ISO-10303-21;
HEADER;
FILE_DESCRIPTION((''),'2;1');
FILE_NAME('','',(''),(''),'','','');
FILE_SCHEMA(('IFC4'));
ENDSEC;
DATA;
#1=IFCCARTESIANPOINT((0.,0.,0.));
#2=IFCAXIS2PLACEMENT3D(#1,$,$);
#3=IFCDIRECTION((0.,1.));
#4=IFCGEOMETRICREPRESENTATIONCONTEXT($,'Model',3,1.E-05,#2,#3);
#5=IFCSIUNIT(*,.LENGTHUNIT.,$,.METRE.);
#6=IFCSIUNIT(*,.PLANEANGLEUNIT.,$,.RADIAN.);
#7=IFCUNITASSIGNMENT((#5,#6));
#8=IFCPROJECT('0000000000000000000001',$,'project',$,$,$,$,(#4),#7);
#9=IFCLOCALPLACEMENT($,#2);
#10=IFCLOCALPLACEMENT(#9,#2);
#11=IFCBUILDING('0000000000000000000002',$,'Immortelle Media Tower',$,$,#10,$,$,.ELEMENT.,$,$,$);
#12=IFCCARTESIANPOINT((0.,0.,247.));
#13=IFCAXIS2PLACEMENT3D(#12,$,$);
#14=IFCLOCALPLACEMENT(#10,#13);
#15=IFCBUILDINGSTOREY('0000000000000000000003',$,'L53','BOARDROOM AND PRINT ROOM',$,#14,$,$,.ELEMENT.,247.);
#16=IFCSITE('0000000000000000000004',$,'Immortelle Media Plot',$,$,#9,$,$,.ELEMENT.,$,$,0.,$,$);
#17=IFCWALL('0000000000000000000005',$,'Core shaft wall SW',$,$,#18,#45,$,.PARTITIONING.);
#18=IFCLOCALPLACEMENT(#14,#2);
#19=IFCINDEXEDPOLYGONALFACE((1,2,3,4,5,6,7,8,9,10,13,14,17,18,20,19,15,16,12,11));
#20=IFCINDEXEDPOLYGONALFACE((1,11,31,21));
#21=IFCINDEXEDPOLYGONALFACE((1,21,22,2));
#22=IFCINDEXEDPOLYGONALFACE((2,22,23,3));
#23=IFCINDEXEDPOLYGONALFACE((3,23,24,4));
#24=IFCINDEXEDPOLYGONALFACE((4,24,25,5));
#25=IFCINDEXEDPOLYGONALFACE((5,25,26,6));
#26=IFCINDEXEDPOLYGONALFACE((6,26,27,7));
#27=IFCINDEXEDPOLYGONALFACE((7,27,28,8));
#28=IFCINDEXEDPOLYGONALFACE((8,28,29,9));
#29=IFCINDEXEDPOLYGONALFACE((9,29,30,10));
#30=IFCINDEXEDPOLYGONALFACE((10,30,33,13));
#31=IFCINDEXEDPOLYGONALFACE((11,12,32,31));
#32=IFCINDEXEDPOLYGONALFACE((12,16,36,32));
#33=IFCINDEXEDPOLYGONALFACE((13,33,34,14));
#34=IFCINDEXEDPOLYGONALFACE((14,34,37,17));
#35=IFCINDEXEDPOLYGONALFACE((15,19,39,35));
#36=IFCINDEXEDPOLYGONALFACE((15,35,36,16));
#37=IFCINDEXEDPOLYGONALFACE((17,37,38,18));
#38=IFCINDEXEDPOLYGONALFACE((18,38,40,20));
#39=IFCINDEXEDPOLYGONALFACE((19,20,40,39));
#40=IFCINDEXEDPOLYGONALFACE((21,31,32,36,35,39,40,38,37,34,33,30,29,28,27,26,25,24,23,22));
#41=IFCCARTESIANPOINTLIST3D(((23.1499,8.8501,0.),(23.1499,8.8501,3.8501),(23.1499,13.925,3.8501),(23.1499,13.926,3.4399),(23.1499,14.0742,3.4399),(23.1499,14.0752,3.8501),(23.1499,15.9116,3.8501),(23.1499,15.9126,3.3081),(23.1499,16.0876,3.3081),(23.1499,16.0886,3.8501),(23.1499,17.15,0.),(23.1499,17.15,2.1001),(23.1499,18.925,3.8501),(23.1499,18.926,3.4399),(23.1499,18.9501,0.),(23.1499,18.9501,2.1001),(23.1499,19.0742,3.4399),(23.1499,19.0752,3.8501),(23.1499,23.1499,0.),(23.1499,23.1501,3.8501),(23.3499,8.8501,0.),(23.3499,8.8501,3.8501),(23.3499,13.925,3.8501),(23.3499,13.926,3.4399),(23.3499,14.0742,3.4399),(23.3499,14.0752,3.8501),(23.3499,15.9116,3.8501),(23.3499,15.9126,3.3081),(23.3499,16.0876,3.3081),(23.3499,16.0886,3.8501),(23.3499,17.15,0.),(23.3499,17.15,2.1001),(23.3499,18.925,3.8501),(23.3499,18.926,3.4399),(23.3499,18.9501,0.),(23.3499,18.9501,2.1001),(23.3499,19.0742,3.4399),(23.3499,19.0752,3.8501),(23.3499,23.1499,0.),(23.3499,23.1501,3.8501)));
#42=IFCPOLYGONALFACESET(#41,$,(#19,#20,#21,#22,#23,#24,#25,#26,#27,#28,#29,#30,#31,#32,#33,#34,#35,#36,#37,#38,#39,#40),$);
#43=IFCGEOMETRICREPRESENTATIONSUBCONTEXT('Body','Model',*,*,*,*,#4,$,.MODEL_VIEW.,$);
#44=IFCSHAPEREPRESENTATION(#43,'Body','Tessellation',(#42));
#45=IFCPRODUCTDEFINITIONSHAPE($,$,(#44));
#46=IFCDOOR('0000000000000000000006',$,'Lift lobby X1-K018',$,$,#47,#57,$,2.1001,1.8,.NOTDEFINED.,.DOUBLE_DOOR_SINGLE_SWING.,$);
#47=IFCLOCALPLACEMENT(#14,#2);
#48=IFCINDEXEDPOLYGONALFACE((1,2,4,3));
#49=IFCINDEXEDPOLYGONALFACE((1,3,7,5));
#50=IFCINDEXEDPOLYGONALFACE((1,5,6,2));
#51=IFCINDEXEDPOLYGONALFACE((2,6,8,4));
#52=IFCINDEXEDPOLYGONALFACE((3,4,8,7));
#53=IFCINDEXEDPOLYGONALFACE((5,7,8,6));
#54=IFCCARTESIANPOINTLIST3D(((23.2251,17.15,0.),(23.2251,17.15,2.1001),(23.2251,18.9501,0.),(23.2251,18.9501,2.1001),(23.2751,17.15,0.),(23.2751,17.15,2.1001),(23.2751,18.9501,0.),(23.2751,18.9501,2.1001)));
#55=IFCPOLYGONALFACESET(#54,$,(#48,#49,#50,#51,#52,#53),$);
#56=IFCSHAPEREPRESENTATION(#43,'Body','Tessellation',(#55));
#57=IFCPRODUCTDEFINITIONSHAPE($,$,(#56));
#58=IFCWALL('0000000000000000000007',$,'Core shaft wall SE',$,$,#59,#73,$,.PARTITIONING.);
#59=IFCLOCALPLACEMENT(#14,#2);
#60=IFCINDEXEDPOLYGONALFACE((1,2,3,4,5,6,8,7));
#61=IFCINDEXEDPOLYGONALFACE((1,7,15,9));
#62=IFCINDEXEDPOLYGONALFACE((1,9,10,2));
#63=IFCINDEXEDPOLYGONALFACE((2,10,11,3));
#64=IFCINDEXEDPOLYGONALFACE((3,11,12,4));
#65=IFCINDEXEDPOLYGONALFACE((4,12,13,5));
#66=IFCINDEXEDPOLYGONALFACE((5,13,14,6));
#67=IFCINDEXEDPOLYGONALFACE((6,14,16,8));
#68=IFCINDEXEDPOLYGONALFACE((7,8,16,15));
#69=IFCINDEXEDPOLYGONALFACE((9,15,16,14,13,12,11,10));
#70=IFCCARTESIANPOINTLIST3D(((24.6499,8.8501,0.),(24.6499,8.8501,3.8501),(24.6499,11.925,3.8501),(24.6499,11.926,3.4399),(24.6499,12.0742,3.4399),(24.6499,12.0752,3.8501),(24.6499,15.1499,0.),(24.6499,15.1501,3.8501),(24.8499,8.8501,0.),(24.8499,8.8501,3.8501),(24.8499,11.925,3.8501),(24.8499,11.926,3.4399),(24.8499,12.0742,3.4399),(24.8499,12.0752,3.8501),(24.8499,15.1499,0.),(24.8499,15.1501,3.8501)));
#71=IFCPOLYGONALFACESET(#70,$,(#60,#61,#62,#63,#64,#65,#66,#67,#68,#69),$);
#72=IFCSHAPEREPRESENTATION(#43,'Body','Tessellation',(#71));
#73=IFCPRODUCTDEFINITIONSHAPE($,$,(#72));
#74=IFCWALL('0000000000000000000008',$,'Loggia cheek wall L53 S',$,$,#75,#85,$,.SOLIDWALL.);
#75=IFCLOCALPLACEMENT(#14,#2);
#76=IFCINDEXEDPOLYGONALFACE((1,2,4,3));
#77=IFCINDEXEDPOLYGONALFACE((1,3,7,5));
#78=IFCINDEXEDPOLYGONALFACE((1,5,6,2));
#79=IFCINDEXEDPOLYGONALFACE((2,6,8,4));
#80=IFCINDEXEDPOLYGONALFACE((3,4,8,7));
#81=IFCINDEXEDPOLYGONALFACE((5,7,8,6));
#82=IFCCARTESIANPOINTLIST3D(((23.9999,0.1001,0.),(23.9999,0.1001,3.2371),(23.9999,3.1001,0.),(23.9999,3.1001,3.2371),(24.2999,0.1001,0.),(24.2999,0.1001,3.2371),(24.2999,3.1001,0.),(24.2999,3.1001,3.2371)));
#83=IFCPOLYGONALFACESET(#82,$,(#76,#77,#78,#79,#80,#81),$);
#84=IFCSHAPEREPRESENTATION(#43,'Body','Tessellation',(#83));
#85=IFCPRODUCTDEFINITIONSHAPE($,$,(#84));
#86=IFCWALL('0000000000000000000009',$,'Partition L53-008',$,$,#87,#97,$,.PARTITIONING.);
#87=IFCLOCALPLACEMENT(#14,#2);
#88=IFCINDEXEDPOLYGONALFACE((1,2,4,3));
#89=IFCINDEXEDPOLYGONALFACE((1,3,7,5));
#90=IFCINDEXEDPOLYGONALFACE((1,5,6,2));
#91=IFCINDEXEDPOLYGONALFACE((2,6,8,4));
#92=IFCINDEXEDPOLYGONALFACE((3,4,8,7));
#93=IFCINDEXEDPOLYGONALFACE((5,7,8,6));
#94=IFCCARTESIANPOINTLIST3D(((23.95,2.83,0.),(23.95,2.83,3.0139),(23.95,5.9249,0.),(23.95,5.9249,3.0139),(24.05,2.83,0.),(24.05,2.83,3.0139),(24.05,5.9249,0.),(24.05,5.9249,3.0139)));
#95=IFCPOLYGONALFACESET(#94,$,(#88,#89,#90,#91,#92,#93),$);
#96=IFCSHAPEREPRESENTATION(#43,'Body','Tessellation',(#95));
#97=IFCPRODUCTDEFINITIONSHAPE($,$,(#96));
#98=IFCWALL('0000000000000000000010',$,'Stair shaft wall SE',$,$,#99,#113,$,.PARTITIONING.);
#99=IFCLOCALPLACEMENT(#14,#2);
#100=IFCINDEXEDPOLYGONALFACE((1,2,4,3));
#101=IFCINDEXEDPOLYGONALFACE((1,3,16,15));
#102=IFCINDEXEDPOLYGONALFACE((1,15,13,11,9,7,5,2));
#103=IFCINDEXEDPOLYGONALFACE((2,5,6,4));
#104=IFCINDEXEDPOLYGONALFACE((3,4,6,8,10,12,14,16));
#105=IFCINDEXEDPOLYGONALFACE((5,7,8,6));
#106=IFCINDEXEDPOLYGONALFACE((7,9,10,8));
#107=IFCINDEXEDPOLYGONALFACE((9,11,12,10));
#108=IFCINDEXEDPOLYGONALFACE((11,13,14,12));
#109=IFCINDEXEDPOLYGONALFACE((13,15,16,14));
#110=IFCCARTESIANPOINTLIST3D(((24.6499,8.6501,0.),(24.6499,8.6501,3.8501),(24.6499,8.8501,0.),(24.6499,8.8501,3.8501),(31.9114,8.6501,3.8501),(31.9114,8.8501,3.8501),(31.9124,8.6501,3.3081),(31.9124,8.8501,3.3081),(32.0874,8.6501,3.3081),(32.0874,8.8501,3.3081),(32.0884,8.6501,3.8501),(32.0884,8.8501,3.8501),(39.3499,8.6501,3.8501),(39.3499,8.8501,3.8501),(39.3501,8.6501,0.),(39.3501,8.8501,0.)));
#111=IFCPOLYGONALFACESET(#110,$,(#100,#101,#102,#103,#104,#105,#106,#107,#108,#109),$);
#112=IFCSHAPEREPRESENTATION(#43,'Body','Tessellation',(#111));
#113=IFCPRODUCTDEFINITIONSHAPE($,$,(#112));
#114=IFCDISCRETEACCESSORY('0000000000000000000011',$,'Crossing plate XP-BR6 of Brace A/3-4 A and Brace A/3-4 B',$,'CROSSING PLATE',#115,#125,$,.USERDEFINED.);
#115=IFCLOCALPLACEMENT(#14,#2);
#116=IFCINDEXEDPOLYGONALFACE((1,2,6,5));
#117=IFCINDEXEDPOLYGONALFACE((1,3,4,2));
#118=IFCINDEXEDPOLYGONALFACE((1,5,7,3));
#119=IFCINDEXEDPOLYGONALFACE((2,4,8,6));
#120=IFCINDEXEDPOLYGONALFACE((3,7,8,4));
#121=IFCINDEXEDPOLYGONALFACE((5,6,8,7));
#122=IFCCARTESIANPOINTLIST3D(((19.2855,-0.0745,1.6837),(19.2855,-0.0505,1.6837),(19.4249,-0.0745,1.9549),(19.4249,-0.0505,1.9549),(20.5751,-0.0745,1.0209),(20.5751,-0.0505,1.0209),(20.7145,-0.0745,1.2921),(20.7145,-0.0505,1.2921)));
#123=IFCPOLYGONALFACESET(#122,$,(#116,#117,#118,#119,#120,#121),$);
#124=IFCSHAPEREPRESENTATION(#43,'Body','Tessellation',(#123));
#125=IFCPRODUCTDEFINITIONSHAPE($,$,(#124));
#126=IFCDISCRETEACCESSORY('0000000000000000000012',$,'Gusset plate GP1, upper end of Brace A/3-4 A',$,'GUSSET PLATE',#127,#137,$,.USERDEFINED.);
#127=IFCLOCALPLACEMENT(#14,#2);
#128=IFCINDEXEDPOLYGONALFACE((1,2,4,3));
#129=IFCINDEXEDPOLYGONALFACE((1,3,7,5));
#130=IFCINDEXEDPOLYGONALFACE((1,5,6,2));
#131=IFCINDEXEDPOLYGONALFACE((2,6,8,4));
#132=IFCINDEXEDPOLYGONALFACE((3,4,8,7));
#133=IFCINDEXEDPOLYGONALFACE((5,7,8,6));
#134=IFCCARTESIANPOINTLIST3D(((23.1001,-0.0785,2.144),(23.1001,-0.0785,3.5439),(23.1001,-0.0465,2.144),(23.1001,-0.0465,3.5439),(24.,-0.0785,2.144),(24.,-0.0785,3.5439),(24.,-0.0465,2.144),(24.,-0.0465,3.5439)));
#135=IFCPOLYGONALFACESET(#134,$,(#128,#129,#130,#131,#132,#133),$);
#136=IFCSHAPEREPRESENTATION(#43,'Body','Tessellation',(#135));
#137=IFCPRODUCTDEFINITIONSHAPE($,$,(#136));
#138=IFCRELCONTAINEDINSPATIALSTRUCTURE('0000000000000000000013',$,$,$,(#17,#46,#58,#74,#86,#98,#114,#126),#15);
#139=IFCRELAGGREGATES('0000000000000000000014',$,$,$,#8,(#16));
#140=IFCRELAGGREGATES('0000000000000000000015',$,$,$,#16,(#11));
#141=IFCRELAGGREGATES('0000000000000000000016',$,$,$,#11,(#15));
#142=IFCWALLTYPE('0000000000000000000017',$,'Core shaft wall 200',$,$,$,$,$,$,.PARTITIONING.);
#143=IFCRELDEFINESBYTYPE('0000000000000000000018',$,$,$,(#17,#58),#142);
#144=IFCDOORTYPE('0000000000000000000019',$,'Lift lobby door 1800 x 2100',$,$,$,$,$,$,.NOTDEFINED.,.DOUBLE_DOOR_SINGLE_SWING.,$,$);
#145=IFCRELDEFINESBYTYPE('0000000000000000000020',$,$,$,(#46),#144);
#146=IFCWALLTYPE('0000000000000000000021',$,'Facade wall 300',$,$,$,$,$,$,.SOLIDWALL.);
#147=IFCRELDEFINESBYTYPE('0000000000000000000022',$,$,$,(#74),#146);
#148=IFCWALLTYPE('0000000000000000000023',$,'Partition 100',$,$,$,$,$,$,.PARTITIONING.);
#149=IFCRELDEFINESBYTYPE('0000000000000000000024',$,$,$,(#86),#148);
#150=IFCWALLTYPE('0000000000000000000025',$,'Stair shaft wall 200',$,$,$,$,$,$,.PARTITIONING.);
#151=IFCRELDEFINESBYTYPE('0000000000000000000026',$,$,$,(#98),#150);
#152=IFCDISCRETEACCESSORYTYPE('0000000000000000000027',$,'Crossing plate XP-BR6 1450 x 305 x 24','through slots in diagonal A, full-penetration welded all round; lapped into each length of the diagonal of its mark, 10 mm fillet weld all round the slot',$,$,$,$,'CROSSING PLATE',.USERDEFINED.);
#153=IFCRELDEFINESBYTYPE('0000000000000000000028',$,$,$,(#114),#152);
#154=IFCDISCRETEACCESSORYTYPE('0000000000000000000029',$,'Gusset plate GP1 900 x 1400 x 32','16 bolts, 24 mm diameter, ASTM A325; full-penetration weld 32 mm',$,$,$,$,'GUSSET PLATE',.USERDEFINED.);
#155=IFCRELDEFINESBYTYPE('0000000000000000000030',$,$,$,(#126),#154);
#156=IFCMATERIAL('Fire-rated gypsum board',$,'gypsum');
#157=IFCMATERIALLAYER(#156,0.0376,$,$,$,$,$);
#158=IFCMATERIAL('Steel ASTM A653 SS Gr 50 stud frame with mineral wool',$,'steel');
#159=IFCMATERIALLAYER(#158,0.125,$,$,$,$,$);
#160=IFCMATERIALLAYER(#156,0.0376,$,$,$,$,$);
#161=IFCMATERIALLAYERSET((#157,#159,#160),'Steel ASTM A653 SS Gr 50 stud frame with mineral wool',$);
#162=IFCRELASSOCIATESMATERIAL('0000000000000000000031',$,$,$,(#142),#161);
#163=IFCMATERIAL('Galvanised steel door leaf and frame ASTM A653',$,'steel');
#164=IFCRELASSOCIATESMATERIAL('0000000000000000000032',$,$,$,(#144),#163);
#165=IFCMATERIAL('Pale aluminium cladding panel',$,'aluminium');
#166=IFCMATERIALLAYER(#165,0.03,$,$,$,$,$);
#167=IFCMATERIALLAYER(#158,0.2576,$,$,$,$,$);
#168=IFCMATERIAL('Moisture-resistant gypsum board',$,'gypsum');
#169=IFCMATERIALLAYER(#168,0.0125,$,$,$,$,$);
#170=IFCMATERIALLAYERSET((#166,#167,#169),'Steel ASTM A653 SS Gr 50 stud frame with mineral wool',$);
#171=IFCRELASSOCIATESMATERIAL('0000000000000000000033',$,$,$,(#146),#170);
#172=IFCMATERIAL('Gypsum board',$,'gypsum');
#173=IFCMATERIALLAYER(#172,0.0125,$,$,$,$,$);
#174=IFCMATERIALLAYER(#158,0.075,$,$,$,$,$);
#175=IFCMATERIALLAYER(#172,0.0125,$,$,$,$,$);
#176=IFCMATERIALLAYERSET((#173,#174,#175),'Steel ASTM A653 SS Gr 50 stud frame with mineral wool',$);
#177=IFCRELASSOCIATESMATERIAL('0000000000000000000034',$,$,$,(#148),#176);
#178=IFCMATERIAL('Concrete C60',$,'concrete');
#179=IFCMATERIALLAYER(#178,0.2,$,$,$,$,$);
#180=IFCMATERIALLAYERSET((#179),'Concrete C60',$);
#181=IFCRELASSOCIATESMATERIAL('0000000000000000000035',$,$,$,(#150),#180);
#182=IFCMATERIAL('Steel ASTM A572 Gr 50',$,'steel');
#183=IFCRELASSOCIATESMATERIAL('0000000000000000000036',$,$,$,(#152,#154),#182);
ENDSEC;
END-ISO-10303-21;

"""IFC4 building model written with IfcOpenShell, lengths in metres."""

from ifc_helpers import new_model, si_unit, direction, frame, frame_2d, origin, origin_2d, place, context, subcontext, project, spatial, polyline, rectangle, outline, extrude, material, layer, layer_set, material_profile, profile_set, type_object, element, fill, save


model = new_model("IFC4")

# Units and contexts
model_context = context("Model", 3, precision=1e-05, world=origin(), true_north=direction((0.0, 1.0)))
body_context = subcontext(model_context, "Body", "Model", "MODEL_VIEW")
ifc_project = project(units=[si_unit("LENGTHUNIT", "METRE"), si_unit("PLANEANGLEUNIT", "RADIAN")], contexts=[model_context])

# Site, building, storey
site_placement = place(None, origin())
site = spatial("IfcSite", under=ifc_project, at=site_placement, Name="Immortelle Media Plot", CompositionType="ELEMENT", RefElevation=0.0)
building_placement = place(site_placement, origin())
building = spatial("IfcBuilding", under=site, at=building_placement, Name="Immortelle Media Tower", CompositionType="ELEMENT")
storey_placement = place(building_placement, frame((0.0, 0.0, 247.0)))
storey = spatial("IfcBuildingStorey", under=building, at=storey_placement, Name="L53", Description="BOARDROOM AND PRINT ROOM", CompositionType="ELEMENT", Elevation=247.0)

# Shared definitions
ifc_material_1 = material(Name="Fire-rated gypsum board", Category="gypsum")
ifc_layer_1 = layer(ifc_material_1, 0.0376)
ifc_material_2 = material(Name="Steel ASTM A653 SS Gr 50 stud frame with mineral wool", Category="steel")
ifc_layer_2 = layer(ifc_material_2, 0.125)
ifc_layer_3 = layer(ifc_material_1, 0.0376)
ifc_layer_set_1 = layer_set([ifc_layer_1, ifc_layer_2, ifc_layer_3], Name="Steel ASTM A653 SS Gr 50 stud frame with mineral wool")
wall_type_1 = type_object("IfcWallType", Name="Core shaft wall 200", PredefinedType="PARTITIONING", material=ifc_layer_set_1)

# Wall, opening, door
wall_1_placement = place(storey_placement, frame((23.25, 8.8501, 0.0), z_axis=(0.0, 0.0, 1.0), x_axis=(0.0, 1.0, 0.0)))
wall_1 = element("IfcWall", 1, at=wall_1_placement, inside=storey, type_object=wall_type_1, Name="Core shaft wall SW", PredefinedType="PARTITIONING", context=body_context, shape_type="SweptSolid", body=[
    extrude(outline(polyline([(0.0, 0.0), (14.2998, 0.0), (14.3, 3.8501), (10.2251, 3.8501), (10.2241, 3.4399), (10.0759, 3.4399), (10.075, 3.8501), (7.2385, 3.8501), (7.2375, 3.3081), (7.0625, 3.3081), (7.0615, 3.8501), (5.2251, 3.8501), (5.2241, 3.4399), (5.0759, 3.4399), (5.075, 3.8501), (0.0, 3.8501), (0.0, 0.0)])), frame((0.0, 0.1001, 0.0), z_axis=(0.0, -1.0, 0.0), x_axis=(1.0, 0.0, 0.0)), (0.0, 0.0, 1.0), 0.2),
])
opening_1_placement = place(wall_1_placement, frame((8.3, 0.0, 0.0)))
opening_1 = element("IfcOpeningElement", 2, at=opening_1_placement, cuts=wall_1, PredefinedType="OPENING", context=body_context, shape_type="SweptSolid", body=[
    extrude(rectangle(XDim=1.8, YDim=2.1001, at=frame_2d((0.8999, 1.05))), frame((0.0, 0.1099, 0.0), z_axis=(0.0, -1.0, 0.0), x_axis=(1.0, 0.0, 0.0)), (0.0, 0.0, 1.0), 0.22),
])
ifc_material_3 = material(Name="Galvanised steel door leaf and frame ASTM A653", Category="steel")
door_type_1 = type_object("IfcDoorType", Name="Lift lobby door 1800 x 2100", OperationType="DOUBLE_DOOR_SINGLE_SWING", PredefinedType="NOTDEFINED", material=ifc_material_3)
door_1_placement = place(opening_1_placement, origin())
door_1 = element("IfcDoor", 3, at=door_1_placement, inside=storey, type_object=door_type_1, Name="Lift lobby X1-K018", OperationType="DOUBLE_DOOR_SINGLE_SWING", OverallHeight=2.1001, OverallWidth=1.8, PredefinedType="NOTDEFINED", context=body_context, shape_type="SweptSolid", body=[
    extrude(rectangle(XDim=1.8, YDim=2.1001, at=frame_2d((0.8999, 1.05))), frame((0.0, 0.0249, 0.0), z_axis=(0.0, -1.0, 0.0), x_axis=(1.0, 0.0, 0.0)), (0.0, 0.0, 1.0), 0.05),
])
fill(opening_1, door_1)

# Wall
wall_2_placement = place(storey_placement, frame((24.75, 8.8501, 0.0), z_axis=(0.0, 0.0, 1.0), x_axis=(0.0, 1.0, 0.0)))
element("IfcWall", 4, at=wall_2_placement, inside=storey, type_object=wall_type_1, Name="Core shaft wall SE", PredefinedType="PARTITIONING", context=body_context, shape_type="SweptSolid", body=[
    extrude(outline(polyline([(0.0, 0.0), (6.2998, 0.0), (6.3, 3.8501), (3.2251, 3.8501), (3.2241, 3.4399), (3.0759, 3.4399), (3.075, 3.8501), (0.0, 3.8501), (0.0, 0.0)])), frame((0.0, 0.1001, 0.0), z_axis=(0.0, -1.0, 0.0), x_axis=(1.0, 0.0, 0.0)), (0.0, 0.0, 1.0), 0.2),
])

# Shared definitions
ifc_material_4 = material(Name="Pale aluminium cladding panel", Category="aluminium")
ifc_layer_4 = layer(ifc_material_4, 0.03)
ifc_layer_5 = layer(ifc_material_2, 0.2576)
ifc_material_5 = material(Name="Moisture-resistant gypsum board", Category="gypsum")
ifc_layer_6 = layer(ifc_material_5, 0.0125)
ifc_layer_set_2 = layer_set([ifc_layer_4, ifc_layer_5, ifc_layer_6], Name="Steel ASTM A653 SS Gr 50 stud frame with mineral wool")
wall_type_2 = type_object("IfcWallType", Name="Facade wall 300", PredefinedType="SOLIDWALL", material=ifc_layer_set_2)

# Walls
wall_3_placement = place(storey_placement, frame((24.1499, 0.1001, 0.0), z_axis=(0.0, 0.0, 1.0), x_axis=(0.0, 1.0, 0.0)))
element("IfcWall", 5, at=wall_3_placement, inside=storey, type_object=wall_type_2, Name="Loggia cheek wall L53 S", PredefinedType="SOLIDWALL", context=body_context, shape_type="SweptSolid", body=[
    extrude(rectangle(XDim=3.0, YDim=0.3, at=frame_2d((1.5, 0.0))), origin(), (0.0, 0.0, 1.0), 3.2371),
])
ifc_material_6 = material(Name="Gypsum board", Category="gypsum")
ifc_layer_7 = layer(ifc_material_6, 0.0125)
ifc_layer_8 = layer(ifc_material_2, 0.075)
ifc_layer_9 = layer(ifc_material_6, 0.0125)
ifc_layer_set_3 = layer_set([ifc_layer_7, ifc_layer_8, ifc_layer_9], Name="Steel ASTM A653 SS Gr 50 stud frame with mineral wool")
wall_type_3 = type_object("IfcWallType", Name="Partition 100", PredefinedType="PARTITIONING", material=ifc_layer_set_3)
wall_4_placement = place(storey_placement, frame((24.0, 2.8301, 0.0), z_axis=(0.0, 0.0, 1.0), x_axis=(0.0, 1.0, 0.0)))
element("IfcWall", 6, at=wall_4_placement, inside=storey, type_object=wall_type_3, Name="Partition L53-008", PredefinedType="PARTITIONING", context=body_context, shape_type="SweptSolid", body=[
    extrude(rectangle(XDim=3.095, YDim=0.1001, at=frame_2d((1.5474, 0.0))), origin(), (0.0, 0.0, 1.0), 3.0139),
])
ifc_material_7 = material(Name="Concrete C60", Category="concrete")
ifc_layer_10 = layer(ifc_material_7, 0.2)
ifc_layer_set_4 = layer_set([ifc_layer_10], Name="Concrete C60")
wall_type_4 = type_object("IfcWallType", Name="Stair shaft wall 200", PredefinedType="PARTITIONING", material=ifc_layer_set_4)
wall_5_placement = place(storey_placement, frame((24.6499, 8.75, 0.0), z_axis=(0.0, 0.0, 1.0), x_axis=(1.0, 0.0, 0.0)))
element("IfcWall", 7, at=wall_5_placement, inside=storey, type_object=wall_type_4, Name="Stair shaft wall SE", PredefinedType="PARTITIONING", context=body_context, shape_type="SweptSolid", body=[
    extrude(outline(polyline([(0.0, 0.0), (14.7002, 0.0), (14.7, 3.8501), (7.4385, 3.8501), (7.4375, 3.3081), (7.2625, 3.3081), (7.2615, 3.8501), (0.0, 3.8501), (0.0, 0.0)])), frame((0.0, 0.1001, 0.0), z_axis=(0.0, -1.0, 0.0), x_axis=(1.0, 0.0, 0.0)), (0.0, 0.0, 1.0), 0.2),
])

# Discrete accessories
ifc_material_8 = material(Name="Steel ASTM A572 Gr 50", Category="steel")
ifc_material_profile_1 = material_profile(ifc_material_8, rectangle(XDim=0.0239, YDim=0.3049, at=origin_2d()), Name="PL 24 x 305")
ifc_profile_set_1 = profile_set([ifc_material_profile_1], Name="Steel ASTM A572 Gr 50")
discrete_accessory_type_1 = type_object("IfcDiscreteAccessoryType", Name="Crossing plate XP-BR6 1450 x 305 x 24", Description="through slots in diagonal A, full-penetration welded all round; lapped into each length of the diagonal of its mark, 10 mm fillet weld all round the slot", ElementType="CROSSING PLATE", PredefinedType="USERDEFINED", material=ifc_profile_set_1)
discrete_accessory_1_placement = place(storey_placement, frame((19.3552, -0.0625, 1.8193), z_axis=(0.889388, 0.0, -0.457154), x_axis=(0.0, 1.0, 0.0)))
element("IfcDiscreteAccessory", 8, at=discrete_accessory_1_placement, inside=storey, type_object=discrete_accessory_type_1, Name="Crossing plate XP-BR6 of Brace A/3-4 A and Brace A/3-4 B", ObjectType="CROSSING PLATE", PredefinedType="USERDEFINED", context=body_context, shape_type="SweptSolid", body=[
    extrude(rectangle(XDim=0.0239, YDim=0.3049, at=origin_2d()), origin(), (0.0, 0.0, 1.0), 1.45),
])
ifc_material_profile_2 = material_profile(ifc_material_8, rectangle(XDim=0.032, YDim=1.3999, at=origin_2d()), Name="PL 32 x 1400")
ifc_profile_set_2 = profile_set([ifc_material_profile_2], Name="Steel ASTM A572 Gr 50")
discrete_accessory_type_2 = type_object("IfcDiscreteAccessoryType", Name="Gusset plate GP1 900 x 1400 x 32", Description="16 bolts, 24 mm diameter, ASTM A325; full-penetration weld 32 mm", ElementType="GUSSET PLATE", PredefinedType="USERDEFINED", material=ifc_profile_set_2)
discrete_accessory_2_placement = place(storey_placement, frame((24.0, -0.0625, 2.844), z_axis=(-1.0, 0.0, 0.0), x_axis=(0.0, -1.0, 0.0)))
element("IfcDiscreteAccessory", 9, at=discrete_accessory_2_placement, inside=storey, type_object=discrete_accessory_type_2, Name="Gusset plate GP1, upper end of Brace A/3-4 A", ObjectType="GUSSET PLATE", PredefinedType="USERDEFINED", context=body_context, shape_type="SweptSolid", body=[
    extrude(rectangle(XDim=0.032, YDim=1.3999, at=origin_2d()), origin(), (0.0, 0.0, 1.0), 0.8999),
])

save(model, "model.ifc")
